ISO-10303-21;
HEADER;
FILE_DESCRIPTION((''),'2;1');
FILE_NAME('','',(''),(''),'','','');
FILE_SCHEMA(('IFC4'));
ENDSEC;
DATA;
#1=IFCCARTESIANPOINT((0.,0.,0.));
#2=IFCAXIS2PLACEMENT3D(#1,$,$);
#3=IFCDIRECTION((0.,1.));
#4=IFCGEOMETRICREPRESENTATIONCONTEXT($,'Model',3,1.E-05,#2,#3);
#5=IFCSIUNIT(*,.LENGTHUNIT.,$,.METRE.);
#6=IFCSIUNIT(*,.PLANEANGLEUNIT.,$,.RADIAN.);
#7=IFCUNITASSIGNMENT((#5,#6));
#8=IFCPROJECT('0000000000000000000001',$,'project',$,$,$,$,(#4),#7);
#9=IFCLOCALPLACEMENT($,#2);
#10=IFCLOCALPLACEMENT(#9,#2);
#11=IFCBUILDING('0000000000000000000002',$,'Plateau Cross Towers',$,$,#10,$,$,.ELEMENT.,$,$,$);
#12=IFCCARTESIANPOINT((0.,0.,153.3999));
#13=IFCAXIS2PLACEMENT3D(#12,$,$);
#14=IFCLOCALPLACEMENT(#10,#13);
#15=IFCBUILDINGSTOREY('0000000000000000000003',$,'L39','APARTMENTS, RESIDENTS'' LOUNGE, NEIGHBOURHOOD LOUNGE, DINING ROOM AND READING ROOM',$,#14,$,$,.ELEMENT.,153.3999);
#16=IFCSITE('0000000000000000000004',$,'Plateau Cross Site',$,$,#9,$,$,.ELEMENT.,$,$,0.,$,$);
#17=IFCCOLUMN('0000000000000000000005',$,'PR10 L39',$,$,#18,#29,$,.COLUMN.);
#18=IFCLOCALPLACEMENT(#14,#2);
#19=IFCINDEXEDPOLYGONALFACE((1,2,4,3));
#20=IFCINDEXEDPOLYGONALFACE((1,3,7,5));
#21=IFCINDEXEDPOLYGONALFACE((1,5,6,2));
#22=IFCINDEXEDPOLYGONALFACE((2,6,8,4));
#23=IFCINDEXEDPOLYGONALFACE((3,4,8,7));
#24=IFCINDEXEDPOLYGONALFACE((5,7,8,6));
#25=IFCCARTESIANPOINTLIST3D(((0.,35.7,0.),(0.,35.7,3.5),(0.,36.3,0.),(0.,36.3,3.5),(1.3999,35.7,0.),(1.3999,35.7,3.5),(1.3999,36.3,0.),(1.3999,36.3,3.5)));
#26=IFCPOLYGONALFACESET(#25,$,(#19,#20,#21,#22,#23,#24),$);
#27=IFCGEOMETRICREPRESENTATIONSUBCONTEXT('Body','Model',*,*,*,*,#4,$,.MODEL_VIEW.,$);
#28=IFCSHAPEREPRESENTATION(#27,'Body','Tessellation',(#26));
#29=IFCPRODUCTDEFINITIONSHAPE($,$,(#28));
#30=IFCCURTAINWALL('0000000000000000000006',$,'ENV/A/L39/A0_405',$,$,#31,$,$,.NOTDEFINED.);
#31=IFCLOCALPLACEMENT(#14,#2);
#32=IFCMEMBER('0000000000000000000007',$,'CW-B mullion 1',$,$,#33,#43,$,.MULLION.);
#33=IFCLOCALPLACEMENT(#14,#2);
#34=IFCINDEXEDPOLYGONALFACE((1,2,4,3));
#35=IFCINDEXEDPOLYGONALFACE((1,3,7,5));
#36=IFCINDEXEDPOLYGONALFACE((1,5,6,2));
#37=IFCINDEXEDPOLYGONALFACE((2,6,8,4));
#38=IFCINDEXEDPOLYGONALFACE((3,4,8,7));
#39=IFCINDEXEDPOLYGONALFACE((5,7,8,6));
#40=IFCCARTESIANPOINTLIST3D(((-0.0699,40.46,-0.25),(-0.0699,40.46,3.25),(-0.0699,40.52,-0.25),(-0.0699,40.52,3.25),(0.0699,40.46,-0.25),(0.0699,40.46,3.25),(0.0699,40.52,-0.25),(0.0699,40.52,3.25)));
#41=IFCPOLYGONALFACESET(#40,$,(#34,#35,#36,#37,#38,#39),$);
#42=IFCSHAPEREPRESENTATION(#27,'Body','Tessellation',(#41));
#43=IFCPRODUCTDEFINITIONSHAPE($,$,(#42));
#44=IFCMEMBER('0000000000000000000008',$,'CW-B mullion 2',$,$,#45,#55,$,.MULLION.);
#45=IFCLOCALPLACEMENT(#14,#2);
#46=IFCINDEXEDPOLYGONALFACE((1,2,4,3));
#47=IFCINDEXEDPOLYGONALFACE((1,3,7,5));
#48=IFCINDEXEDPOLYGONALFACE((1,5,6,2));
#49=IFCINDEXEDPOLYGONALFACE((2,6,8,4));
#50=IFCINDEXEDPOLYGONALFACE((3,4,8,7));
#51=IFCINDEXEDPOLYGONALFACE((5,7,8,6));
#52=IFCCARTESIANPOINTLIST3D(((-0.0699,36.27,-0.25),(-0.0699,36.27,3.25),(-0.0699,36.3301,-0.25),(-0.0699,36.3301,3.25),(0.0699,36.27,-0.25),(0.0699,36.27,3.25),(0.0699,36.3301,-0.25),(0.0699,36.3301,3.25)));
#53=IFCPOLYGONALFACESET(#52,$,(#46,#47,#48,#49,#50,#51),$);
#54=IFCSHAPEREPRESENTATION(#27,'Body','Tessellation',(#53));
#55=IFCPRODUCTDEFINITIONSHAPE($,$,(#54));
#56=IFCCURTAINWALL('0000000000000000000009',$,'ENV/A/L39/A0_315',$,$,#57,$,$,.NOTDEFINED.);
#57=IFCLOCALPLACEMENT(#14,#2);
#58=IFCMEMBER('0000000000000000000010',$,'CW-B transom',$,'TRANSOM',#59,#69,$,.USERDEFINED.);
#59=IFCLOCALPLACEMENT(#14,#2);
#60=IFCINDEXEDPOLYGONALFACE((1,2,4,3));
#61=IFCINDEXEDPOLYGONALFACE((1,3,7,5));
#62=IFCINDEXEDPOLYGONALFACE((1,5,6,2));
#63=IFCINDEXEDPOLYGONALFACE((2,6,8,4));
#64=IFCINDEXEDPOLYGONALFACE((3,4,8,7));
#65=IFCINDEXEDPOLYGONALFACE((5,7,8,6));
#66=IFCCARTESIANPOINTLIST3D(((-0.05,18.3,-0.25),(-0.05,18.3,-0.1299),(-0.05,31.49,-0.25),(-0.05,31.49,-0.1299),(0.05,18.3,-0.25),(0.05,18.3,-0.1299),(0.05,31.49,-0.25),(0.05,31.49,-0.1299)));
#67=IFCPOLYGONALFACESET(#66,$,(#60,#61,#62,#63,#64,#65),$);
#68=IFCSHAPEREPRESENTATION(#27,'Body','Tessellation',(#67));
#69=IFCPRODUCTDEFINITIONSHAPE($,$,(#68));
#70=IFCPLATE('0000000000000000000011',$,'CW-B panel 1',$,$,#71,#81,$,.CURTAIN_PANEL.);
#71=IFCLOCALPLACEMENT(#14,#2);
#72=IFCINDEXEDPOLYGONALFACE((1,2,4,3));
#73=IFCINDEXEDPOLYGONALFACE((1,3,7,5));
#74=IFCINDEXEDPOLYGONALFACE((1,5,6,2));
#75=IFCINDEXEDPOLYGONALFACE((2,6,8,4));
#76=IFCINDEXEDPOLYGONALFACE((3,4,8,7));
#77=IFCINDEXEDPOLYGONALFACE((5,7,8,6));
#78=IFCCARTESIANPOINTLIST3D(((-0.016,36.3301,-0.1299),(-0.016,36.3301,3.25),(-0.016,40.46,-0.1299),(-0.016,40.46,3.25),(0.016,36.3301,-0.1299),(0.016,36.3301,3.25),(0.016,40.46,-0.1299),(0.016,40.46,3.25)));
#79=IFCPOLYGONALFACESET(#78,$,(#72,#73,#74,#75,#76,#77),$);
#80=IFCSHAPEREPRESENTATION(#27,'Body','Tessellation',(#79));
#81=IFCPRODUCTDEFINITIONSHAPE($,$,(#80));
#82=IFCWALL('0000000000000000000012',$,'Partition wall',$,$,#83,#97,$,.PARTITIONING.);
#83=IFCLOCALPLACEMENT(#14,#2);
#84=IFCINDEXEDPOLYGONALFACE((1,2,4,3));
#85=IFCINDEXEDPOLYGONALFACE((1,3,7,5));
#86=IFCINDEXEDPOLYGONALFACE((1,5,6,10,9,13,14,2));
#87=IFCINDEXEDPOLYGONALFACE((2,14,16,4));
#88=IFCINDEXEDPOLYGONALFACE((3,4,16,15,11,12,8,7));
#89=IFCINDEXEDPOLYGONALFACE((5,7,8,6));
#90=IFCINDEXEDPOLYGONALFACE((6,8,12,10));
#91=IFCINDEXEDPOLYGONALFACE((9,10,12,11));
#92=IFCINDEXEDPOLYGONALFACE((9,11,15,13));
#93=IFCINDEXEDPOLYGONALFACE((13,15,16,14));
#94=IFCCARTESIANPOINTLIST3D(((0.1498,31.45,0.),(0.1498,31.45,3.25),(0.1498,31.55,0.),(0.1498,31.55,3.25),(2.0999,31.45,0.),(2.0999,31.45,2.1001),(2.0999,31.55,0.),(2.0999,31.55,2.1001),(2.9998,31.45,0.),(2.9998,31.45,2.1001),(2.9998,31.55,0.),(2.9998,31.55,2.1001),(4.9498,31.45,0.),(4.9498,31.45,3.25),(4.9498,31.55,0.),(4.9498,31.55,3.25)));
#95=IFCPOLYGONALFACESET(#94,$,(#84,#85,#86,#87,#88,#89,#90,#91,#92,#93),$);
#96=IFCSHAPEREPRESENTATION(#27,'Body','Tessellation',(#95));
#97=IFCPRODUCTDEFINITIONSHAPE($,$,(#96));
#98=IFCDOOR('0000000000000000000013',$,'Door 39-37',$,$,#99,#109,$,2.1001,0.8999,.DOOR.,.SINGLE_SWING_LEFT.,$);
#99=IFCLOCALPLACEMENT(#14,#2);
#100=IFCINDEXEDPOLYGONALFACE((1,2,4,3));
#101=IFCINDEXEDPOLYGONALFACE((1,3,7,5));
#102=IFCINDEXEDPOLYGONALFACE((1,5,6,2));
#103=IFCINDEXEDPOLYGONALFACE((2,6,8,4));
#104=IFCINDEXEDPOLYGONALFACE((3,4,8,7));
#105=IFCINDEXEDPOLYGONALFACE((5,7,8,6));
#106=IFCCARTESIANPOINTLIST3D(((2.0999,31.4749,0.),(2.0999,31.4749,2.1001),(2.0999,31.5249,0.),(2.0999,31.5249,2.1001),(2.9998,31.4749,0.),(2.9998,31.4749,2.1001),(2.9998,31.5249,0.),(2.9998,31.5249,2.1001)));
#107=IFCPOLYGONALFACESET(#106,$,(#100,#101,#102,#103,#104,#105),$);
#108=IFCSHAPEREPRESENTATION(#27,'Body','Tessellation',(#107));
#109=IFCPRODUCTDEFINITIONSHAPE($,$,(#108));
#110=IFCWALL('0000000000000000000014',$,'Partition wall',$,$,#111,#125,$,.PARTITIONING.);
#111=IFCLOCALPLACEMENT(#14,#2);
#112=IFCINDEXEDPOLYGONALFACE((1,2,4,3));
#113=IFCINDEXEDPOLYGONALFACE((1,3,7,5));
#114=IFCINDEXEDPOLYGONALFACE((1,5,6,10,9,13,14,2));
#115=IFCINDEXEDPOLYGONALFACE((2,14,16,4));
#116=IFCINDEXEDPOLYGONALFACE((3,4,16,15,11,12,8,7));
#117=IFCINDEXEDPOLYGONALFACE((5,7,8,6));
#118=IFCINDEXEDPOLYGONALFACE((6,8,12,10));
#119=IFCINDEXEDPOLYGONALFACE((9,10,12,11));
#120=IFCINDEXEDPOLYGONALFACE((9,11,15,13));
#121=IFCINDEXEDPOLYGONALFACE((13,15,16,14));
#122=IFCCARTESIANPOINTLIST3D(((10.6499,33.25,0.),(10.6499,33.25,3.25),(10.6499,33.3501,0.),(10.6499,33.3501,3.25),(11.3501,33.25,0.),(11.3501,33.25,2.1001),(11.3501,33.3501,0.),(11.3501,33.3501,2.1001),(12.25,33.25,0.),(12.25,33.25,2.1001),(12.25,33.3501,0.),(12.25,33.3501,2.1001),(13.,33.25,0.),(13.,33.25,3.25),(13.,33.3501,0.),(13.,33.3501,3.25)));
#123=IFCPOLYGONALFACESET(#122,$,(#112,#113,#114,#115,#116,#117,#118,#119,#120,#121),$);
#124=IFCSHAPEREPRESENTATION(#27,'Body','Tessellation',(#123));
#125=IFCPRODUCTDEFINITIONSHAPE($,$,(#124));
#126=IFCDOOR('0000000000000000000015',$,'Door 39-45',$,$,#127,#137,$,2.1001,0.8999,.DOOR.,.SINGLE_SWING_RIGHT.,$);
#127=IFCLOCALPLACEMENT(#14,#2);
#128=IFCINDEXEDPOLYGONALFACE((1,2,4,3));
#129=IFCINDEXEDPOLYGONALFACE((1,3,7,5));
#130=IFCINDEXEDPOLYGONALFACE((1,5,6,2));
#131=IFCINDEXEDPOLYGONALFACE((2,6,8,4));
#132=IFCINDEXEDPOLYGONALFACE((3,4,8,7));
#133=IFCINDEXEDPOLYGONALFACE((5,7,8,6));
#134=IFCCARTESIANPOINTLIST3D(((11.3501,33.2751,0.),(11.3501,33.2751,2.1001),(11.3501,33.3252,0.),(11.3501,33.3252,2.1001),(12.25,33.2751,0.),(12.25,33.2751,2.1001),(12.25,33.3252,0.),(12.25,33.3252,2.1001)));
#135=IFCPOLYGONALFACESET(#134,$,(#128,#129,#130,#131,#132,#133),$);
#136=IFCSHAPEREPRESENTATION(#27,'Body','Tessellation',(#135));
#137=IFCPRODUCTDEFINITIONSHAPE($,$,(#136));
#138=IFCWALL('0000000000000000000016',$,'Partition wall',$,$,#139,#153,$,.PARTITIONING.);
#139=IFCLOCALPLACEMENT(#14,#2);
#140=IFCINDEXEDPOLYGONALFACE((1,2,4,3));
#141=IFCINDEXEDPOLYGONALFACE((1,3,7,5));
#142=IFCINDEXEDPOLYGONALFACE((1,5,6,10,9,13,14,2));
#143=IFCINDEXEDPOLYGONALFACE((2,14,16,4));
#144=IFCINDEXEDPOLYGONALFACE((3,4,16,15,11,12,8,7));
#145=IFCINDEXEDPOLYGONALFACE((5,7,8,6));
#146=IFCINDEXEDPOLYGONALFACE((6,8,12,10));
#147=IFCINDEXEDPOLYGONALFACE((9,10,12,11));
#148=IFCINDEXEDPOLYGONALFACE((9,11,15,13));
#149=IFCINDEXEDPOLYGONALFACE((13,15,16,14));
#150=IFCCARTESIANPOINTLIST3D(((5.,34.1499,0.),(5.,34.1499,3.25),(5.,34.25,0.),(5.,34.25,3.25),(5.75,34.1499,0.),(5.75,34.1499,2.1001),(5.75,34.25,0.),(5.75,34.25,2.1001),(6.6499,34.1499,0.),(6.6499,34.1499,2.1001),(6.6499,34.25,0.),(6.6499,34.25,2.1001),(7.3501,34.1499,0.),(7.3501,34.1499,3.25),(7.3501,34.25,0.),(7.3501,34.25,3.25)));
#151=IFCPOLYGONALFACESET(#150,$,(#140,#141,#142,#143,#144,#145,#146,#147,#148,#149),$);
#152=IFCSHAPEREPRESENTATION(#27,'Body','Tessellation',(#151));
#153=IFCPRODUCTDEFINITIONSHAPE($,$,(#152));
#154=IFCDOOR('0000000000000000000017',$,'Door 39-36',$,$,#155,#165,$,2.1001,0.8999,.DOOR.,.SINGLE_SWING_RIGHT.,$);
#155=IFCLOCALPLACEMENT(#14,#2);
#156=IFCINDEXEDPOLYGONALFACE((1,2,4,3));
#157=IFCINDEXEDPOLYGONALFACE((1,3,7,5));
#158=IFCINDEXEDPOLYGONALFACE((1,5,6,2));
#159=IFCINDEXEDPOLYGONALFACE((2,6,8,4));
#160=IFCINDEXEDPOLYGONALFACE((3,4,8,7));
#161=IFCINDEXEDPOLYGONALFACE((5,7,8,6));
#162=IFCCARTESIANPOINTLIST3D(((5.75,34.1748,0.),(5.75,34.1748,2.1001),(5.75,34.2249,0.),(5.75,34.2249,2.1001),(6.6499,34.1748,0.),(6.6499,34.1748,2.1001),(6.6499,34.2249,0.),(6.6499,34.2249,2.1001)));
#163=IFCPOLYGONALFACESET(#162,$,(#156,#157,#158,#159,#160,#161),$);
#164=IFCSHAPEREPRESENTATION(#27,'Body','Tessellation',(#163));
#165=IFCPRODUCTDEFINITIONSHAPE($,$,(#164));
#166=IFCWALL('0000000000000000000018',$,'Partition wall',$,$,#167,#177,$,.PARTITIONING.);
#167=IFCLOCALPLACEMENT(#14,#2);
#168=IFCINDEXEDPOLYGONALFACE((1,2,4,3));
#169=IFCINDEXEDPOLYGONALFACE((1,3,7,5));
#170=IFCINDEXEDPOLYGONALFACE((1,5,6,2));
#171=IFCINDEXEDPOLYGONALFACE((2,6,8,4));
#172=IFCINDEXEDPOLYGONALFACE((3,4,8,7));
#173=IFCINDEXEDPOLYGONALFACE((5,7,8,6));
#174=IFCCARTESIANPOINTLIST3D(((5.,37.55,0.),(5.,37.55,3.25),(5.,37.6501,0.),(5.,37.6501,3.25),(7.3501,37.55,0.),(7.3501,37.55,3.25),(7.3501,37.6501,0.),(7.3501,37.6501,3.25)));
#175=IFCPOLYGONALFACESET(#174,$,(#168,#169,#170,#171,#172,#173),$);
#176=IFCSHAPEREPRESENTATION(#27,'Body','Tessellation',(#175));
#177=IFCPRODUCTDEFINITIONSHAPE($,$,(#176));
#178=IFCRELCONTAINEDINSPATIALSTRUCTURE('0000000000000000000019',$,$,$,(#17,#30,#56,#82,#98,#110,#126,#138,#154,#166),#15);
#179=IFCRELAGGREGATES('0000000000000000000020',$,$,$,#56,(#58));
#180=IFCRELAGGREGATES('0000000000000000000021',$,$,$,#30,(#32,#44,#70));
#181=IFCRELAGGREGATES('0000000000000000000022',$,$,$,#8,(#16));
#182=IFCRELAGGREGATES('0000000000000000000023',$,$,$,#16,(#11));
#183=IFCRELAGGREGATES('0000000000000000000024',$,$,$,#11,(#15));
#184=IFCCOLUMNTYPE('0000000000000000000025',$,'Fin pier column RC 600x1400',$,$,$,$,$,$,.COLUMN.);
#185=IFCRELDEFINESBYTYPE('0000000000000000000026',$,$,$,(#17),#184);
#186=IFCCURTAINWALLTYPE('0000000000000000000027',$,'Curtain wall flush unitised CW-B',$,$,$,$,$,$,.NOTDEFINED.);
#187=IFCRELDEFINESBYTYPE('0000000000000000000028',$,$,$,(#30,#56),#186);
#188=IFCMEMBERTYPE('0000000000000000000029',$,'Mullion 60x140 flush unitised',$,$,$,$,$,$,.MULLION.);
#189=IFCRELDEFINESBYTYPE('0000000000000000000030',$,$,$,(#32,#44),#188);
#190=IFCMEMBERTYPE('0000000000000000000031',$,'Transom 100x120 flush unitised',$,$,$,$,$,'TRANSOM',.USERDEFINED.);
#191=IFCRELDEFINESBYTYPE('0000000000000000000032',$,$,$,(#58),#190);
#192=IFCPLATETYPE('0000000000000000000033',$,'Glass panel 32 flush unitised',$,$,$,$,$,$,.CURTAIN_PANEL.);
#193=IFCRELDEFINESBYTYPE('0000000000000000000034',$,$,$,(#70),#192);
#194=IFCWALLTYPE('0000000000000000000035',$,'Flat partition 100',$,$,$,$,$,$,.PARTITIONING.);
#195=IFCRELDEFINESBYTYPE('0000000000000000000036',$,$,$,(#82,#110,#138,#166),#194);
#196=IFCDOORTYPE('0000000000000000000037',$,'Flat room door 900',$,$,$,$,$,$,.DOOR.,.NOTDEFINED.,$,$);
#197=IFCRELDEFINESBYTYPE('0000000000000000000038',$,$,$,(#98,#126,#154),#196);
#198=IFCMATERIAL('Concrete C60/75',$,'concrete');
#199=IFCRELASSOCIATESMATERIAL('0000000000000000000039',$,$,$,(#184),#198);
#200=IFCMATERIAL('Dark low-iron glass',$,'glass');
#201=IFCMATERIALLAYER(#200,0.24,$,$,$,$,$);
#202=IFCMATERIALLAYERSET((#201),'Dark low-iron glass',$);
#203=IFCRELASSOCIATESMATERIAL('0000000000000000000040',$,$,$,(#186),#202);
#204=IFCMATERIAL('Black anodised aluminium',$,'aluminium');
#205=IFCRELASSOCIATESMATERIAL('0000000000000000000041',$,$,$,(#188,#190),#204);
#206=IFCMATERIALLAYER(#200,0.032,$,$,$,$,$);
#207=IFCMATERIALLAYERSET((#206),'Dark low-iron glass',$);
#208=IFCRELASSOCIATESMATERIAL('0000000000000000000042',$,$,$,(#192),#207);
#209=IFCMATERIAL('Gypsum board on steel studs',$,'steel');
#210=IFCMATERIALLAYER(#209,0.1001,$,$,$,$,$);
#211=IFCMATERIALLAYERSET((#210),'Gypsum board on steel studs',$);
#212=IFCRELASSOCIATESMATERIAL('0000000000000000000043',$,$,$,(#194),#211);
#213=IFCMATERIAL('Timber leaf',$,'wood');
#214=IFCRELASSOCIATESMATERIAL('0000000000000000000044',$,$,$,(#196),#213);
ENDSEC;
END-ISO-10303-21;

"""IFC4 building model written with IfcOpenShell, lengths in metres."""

from ifc_helpers import new_model, si_unit, direction, frame, frame_2d, origin, origin_2d, place, context, subcontext, project, spatial, rectangle, extrude, material, layer, layer_set, material_profile, profile_set, type_object, element, fill, aggregate, save


model = new_model("IFC4")

# Units and contexts
model_context = context("Model", 3, precision=1e-05, world=origin(), true_north=direction((0.0, 1.0)))
body_context = subcontext(model_context, "Body", "Model", "MODEL_VIEW")
ifc_project = project(units=[si_unit("LENGTHUNIT", "METRE"), si_unit("PLANEANGLEUNIT", "RADIAN")], contexts=[model_context])

# Site, building, storey
site_placement = place(None, origin())
site = spatial("IfcSite", under=ifc_project, at=site_placement, Name="Plateau Cross Site", CompositionType="ELEMENT", RefElevation=0.0)
building_placement = place(site_placement, origin())
building = spatial("IfcBuilding", under=site, at=building_placement, Name="Plateau Cross Towers", CompositionType="ELEMENT")
storey_placement = place(building_placement, frame((0.0, 0.0, 153.3999)))
storey = spatial("IfcBuildingStorey", under=building, at=storey_placement, Name="L39", Description="APARTMENTS, RESIDENTS' LOUNGE, NEIGHBOURHOOD LOUNGE, DINING ROOM AND READING ROOM", CompositionType="ELEMENT", Elevation=153.3999)

# Column
ifc_material_1 = material(Name="Concrete C60/75", Category="concrete")
ifc_material_profile_1 = material_profile(ifc_material_1, rectangle(XDim=0.6001, YDim=1.3999, at=origin_2d()), Name="RC 600x1400")
ifc_profile_set_1 = profile_set([ifc_material_profile_1], Name="Concrete C60/75")
column_type = type_object("IfcColumnType", Name="Fin pier column RC 600x1400", PredefinedType="COLUMN", material=ifc_profile_set_1)
column_placement = place(storey_placement, frame((0.7, 36.0, 0.0), z_axis=(0.0, 0.0, 1.0), x_axis=(0.0, 1.0, 0.0)))
element("IfcColumn", 1, at=column_placement, inside=storey, type_object=column_type, Name="PR10 L39", PredefinedType="COLUMN", context=body_context, shape_type="SweptSolid", body=[
    extrude(rectangle(XDim=0.6001, YDim=1.3999, at=origin_2d()), origin(), (0.0, 0.0, 1.0), 3.5),
])

# Curtain wall, members
ifc_material_2 = material(Name="Dark low-iron glass", Category="glass")
ifc_layer_1 = layer(ifc_material_2, 0.24)
ifc_layer_set_1 = layer_set([ifc_layer_1], Name="Dark low-iron glass")
curtain_wall_type = type_object("IfcCurtainWallType", Name="Curtain wall flush unitised CW-B", PredefinedType="NOTDEFINED", material=ifc_layer_set_1)
curtain_wall_1_placement = place(storey_placement, origin())
curtain_wall_1 = element("IfcCurtainWall", 2, at=curtain_wall_1_placement, inside=storey, type_object=curtain_wall_type, Name="ENV/A/L39/A0_405", PredefinedType="NOTDEFINED")
ifc_material_3 = material(Name="Black anodised aluminium", Category="aluminium")
ifc_material_profile_2 = material_profile(ifc_material_3, rectangle(XDim=0.0601, YDim=0.1399, at=origin_2d()), Name="MULLION 60x140")
ifc_profile_set_2 = profile_set([ifc_material_profile_2], Name="Black anodised aluminium")
member_type_1 = type_object("IfcMemberType", Name="Mullion 60x140 flush unitised", PredefinedType="MULLION", material=ifc_profile_set_2)
member_1_placement = place(storey_placement, frame((0.0, 40.49, -0.25), z_axis=(0.0, 0.0, 1.0), x_axis=(0.0, -1.0, 0.0)))
member_1 = element("IfcMember", 3, at=member_1_placement, type_object=member_type_1, Name="CW-B mullion 1", PredefinedType="MULLION", context=body_context, shape_type="SweptSolid", body=[
    extrude(rectangle(XDim=0.0601, YDim=0.1399, at=origin_2d()), origin(), (0.0, 0.0, 1.0), 3.5),
])
member_2_placement = place(storey_placement, frame((0.0, 36.3, -0.25), z_axis=(0.0, 0.0, 1.0), x_axis=(0.0, -1.0, 0.0)))
member_2 = element("IfcMember", 4, at=member_2_placement, type_object=member_type_1, Name="CW-B mullion 2", PredefinedType="MULLION", context=body_context, shape_type="SweptSolid", body=[
    extrude(rectangle(XDim=0.0601, YDim=0.1399, at=origin_2d()), origin(), (0.0, 0.0, 1.0), 3.5),
])

# Curtain wall, member
curtain_wall_2_placement = place(storey_placement, origin())
curtain_wall_2 = element("IfcCurtainWall", 5, at=curtain_wall_2_placement, inside=storey, type_object=curtain_wall_type, Name="ENV/A/L39/A0_315", PredefinedType="NOTDEFINED")
ifc_material_profile_3 = material_profile(ifc_material_3, rectangle(XDim=0.1001, YDim=0.1201, at=origin_2d()), Name="TRANSOM 100x120")
ifc_profile_set_3 = profile_set([ifc_material_profile_3], Name="Black anodised aluminium")
member_type_2 = type_object("IfcMemberType", Name="Transom 100x120 flush unitised", ElementType="TRANSOM", PredefinedType="USERDEFINED", material=ifc_profile_set_3)
member_3_placement = place(storey_placement, frame((0.0, 31.49, -0.1899), z_axis=(0.0, -1.0, 0.0), x_axis=(1.0, 0.0, 0.0)))
member_3 = element("IfcMember", 6, at=member_3_placement, type_object=member_type_2, Name="CW-B transom", ObjectType="TRANSOM", PredefinedType="USERDEFINED", context=body_context, shape_type="SweptSolid", body=[
    extrude(rectangle(XDim=0.1001, YDim=0.1201, at=origin_2d()), origin(), (0.0, 0.0, 1.0), 13.1899),
])
aggregate(curtain_wall_2, [member_3])

# Plate
ifc_layer_2 = layer(ifc_material_2, 0.032)
ifc_layer_set_2 = layer_set([ifc_layer_2], Name="Dark low-iron glass")
plate_type = type_object("IfcPlateType", Name="Glass panel 32 flush unitised", PredefinedType="CURTAIN_PANEL", material=ifc_layer_set_2)
plate_placement = place(storey_placement, frame((0.0, 38.395, -0.1299), z_axis=(0.0, 0.0, 1.0), x_axis=(0.0, -1.0, 0.0)))
plate = element("IfcPlate", 7, at=plate_placement, type_object=plate_type, Name="CW-B panel 1", PredefinedType="CURTAIN_PANEL", context=body_context, shape_type="SweptSolid", body=[
    extrude(rectangle(XDim=4.1299, YDim=0.032, at=origin_2d()), origin(), (0.0, 0.0, 1.0), 3.3799),
])
aggregate(curtain_wall_1, [member_1, member_2, plate])

# Walls, openings, doors
ifc_material_4 = material(Name="Gypsum board on steel studs", Category="steel")
ifc_layer_3 = layer(ifc_material_4, 0.1001)
ifc_layer_set_3 = layer_set([ifc_layer_3], Name="Gypsum board on steel studs")
wall_type_1 = type_object("IfcWallType", Name="Flat partition 100", PredefinedType="PARTITIONING", material=ifc_layer_set_3)
wall_1_placement = place(storey_placement, frame((0.1499, 31.5, 0.0), z_axis=(0.0, 0.0, 1.0), x_axis=(1.0, 0.0, 0.0)))
wall_1 = element("IfcWall", 8, at=wall_1_placement, inside=storey, type_object=wall_type_1, Name="Partition wall", PredefinedType="PARTITIONING", context=body_context, shape_type="SweptSolid", body=[
    extrude(rectangle(XDim=4.8, YDim=0.1001, at=frame_2d((2.3999, 0.0))), origin(), (0.0, 0.0, 1.0), 3.25),
])
opening_1_placement = place(wall_1_placement, frame((1.95, 0.0, 0.0)))
opening_1 = element("IfcOpeningElement", 9, at=opening_1_placement, cuts=wall_1, PredefinedType="OPENING", context=body_context, shape_type="SweptSolid", body=[
    extrude(rectangle(XDim=0.8999, YDim=2.1001, at=frame_2d((0.45, 1.05))), frame((0.0, 0.0601, 0.0), z_axis=(0.0, -1.0, 0.0), x_axis=(1.0, 0.0, 0.0)), (0.0, 0.0, 1.0), 0.1201),
])
ifc_material_5 = material(Name="Timber leaf", Category="wood")
door_type_1 = type_object("IfcDoorType", Name="Flat room door 900", OperationType="NOTDEFINED", PredefinedType="DOOR", material=ifc_material_5)
door_1_placement = place(opening_1_placement, origin())
door_1 = element("IfcDoor", 10, at=door_1_placement, inside=storey, type_object=door_type_1, Name="Door 39-37", OperationType="SINGLE_SWING_LEFT", OverallHeight=2.1001, OverallWidth=0.8999, PredefinedType="DOOR", context=body_context, shape_type="SweptSolid", body=[
    extrude(rectangle(XDim=0.8999, YDim=2.1001, at=frame_2d((0.45, 1.05))), frame((0.0, 0.0249, 0.0), z_axis=(0.0, -1.0, 0.0), x_axis=(1.0, 0.0, 0.0)), (0.0, 0.0, 1.0), 0.05),
])
fill(opening_1, door_1)
wall_2_placement = place(storey_placement, frame((13.0, 33.3, 0.0), z_axis=(0.0, 0.0, 1.0), x_axis=(-1.0, 0.0, 0.0)))
wall_2 = element("IfcWall", 11, at=wall_2_placement, inside=storey, type_object=wall_type_1, Name="Partition wall", PredefinedType="PARTITIONING", context=body_context, shape_type="SweptSolid", body=[
    extrude(rectangle(XDim=2.3501, YDim=0.1001, at=frame_2d((1.175, 0.0))), origin(), (0.0, 0.0, 1.0), 3.25),
])
opening_2_placement = place(wall_2_placement, frame((0.75, 0.0, 0.0)))
opening_2 = element("IfcOpeningElement", 12, at=opening_2_placement, cuts=wall_2, PredefinedType="OPENING", context=body_context, shape_type="SweptSolid", body=[
    extrude(rectangle(XDim=0.8999, YDim=2.1001, at=frame_2d((0.45, 1.05))), frame((0.0, 0.0601, 0.0), z_axis=(0.0, -1.0, 0.0), x_axis=(1.0, 0.0, 0.0)), (0.0, 0.0, 1.0), 0.1201),
])
door_2_placement = place(opening_2_placement, origin())
door_2 = element("IfcDoor", 13, at=door_2_placement, inside=storey, type_object=door_type_1, Name="Door 39-45", OperationType="SINGLE_SWING_RIGHT", OverallHeight=2.1001, OverallWidth=0.8999, PredefinedType="DOOR", context=body_context, shape_type="SweptSolid", body=[
    extrude(rectangle(XDim=0.8999, YDim=2.1001, at=frame_2d((0.45, 1.05))), frame((0.0, 0.0249, 0.0), z_axis=(0.0, -1.0, 0.0), x_axis=(1.0, 0.0, 0.0)), (0.0, 0.0, 1.0), 0.05),
])
fill(opening_2, door_2)
wall_3_placement = place(storey_placement, frame((5.0, 34.2, 0.0), z_axis=(0.0, 0.0, 1.0), x_axis=(1.0, 0.0, 0.0)))
wall_3 = element("IfcWall", 14, at=wall_3_placement, inside=storey, type_object=wall_type_1, Name="Partition wall", PredefinedType="PARTITIONING", context=body_context, shape_type="SweptSolid", body=[
    extrude(rectangle(XDim=2.3501, YDim=0.1001, at=frame_2d((1.175, 0.0))), origin(), (0.0, 0.0, 1.0), 3.25),
])
opening_3_placement = place(wall_3_placement, frame((0.75, 0.0, 0.0)))
opening_3 = element("IfcOpeningElement", 15, at=opening_3_placement, cuts=wall_3, PredefinedType="OPENING", context=body_context, shape_type="SweptSolid", body=[
    extrude(rectangle(XDim=0.8999, YDim=2.1001, at=frame_2d((0.45, 1.05))), frame((0.0, 0.0601, 0.0), z_axis=(0.0, -1.0, 0.0), x_axis=(1.0, 0.0, 0.0)), (0.0, 0.0, 1.0), 0.1201),
])
door_3_placement = place(opening_3_placement, origin())
door_3 = element("IfcDoor", 16, at=door_3_placement, inside=storey, type_object=door_type_1, Name="Door 39-36", OperationType="SINGLE_SWING_RIGHT", OverallHeight=2.1001, OverallWidth=0.8999, PredefinedType="DOOR", context=body_context, shape_type="SweptSolid", body=[
    extrude(rectangle(XDim=0.8999, YDim=2.1001, at=frame_2d((0.45, 1.05))), frame((0.0, 0.0249, 0.0), z_axis=(0.0, -1.0, 0.0), x_axis=(1.0, 0.0, 0.0)), (0.0, 0.0, 1.0), 0.05),
])
fill(opening_3, door_3)

# Wall
wall_4_placement = place(storey_placement, frame((7.3501, 37.6001, 0.0), z_axis=(0.0, 0.0, 1.0), x_axis=(-1.0, 0.0, 0.0)))
element("IfcWall", 17, at=wall_4_placement, inside=storey, type_object=wall_type_1, Name="Partition wall", PredefinedType="PARTITIONING", context=body_context, shape_type="SweptSolid", body=[
    extrude(rectangle(XDim=2.3501, YDim=0.1001, at=frame_2d((1.175, 0.0))), origin(), (0.0, 0.0, 1.0), 3.25),
])

save(model, "model.ifc")
